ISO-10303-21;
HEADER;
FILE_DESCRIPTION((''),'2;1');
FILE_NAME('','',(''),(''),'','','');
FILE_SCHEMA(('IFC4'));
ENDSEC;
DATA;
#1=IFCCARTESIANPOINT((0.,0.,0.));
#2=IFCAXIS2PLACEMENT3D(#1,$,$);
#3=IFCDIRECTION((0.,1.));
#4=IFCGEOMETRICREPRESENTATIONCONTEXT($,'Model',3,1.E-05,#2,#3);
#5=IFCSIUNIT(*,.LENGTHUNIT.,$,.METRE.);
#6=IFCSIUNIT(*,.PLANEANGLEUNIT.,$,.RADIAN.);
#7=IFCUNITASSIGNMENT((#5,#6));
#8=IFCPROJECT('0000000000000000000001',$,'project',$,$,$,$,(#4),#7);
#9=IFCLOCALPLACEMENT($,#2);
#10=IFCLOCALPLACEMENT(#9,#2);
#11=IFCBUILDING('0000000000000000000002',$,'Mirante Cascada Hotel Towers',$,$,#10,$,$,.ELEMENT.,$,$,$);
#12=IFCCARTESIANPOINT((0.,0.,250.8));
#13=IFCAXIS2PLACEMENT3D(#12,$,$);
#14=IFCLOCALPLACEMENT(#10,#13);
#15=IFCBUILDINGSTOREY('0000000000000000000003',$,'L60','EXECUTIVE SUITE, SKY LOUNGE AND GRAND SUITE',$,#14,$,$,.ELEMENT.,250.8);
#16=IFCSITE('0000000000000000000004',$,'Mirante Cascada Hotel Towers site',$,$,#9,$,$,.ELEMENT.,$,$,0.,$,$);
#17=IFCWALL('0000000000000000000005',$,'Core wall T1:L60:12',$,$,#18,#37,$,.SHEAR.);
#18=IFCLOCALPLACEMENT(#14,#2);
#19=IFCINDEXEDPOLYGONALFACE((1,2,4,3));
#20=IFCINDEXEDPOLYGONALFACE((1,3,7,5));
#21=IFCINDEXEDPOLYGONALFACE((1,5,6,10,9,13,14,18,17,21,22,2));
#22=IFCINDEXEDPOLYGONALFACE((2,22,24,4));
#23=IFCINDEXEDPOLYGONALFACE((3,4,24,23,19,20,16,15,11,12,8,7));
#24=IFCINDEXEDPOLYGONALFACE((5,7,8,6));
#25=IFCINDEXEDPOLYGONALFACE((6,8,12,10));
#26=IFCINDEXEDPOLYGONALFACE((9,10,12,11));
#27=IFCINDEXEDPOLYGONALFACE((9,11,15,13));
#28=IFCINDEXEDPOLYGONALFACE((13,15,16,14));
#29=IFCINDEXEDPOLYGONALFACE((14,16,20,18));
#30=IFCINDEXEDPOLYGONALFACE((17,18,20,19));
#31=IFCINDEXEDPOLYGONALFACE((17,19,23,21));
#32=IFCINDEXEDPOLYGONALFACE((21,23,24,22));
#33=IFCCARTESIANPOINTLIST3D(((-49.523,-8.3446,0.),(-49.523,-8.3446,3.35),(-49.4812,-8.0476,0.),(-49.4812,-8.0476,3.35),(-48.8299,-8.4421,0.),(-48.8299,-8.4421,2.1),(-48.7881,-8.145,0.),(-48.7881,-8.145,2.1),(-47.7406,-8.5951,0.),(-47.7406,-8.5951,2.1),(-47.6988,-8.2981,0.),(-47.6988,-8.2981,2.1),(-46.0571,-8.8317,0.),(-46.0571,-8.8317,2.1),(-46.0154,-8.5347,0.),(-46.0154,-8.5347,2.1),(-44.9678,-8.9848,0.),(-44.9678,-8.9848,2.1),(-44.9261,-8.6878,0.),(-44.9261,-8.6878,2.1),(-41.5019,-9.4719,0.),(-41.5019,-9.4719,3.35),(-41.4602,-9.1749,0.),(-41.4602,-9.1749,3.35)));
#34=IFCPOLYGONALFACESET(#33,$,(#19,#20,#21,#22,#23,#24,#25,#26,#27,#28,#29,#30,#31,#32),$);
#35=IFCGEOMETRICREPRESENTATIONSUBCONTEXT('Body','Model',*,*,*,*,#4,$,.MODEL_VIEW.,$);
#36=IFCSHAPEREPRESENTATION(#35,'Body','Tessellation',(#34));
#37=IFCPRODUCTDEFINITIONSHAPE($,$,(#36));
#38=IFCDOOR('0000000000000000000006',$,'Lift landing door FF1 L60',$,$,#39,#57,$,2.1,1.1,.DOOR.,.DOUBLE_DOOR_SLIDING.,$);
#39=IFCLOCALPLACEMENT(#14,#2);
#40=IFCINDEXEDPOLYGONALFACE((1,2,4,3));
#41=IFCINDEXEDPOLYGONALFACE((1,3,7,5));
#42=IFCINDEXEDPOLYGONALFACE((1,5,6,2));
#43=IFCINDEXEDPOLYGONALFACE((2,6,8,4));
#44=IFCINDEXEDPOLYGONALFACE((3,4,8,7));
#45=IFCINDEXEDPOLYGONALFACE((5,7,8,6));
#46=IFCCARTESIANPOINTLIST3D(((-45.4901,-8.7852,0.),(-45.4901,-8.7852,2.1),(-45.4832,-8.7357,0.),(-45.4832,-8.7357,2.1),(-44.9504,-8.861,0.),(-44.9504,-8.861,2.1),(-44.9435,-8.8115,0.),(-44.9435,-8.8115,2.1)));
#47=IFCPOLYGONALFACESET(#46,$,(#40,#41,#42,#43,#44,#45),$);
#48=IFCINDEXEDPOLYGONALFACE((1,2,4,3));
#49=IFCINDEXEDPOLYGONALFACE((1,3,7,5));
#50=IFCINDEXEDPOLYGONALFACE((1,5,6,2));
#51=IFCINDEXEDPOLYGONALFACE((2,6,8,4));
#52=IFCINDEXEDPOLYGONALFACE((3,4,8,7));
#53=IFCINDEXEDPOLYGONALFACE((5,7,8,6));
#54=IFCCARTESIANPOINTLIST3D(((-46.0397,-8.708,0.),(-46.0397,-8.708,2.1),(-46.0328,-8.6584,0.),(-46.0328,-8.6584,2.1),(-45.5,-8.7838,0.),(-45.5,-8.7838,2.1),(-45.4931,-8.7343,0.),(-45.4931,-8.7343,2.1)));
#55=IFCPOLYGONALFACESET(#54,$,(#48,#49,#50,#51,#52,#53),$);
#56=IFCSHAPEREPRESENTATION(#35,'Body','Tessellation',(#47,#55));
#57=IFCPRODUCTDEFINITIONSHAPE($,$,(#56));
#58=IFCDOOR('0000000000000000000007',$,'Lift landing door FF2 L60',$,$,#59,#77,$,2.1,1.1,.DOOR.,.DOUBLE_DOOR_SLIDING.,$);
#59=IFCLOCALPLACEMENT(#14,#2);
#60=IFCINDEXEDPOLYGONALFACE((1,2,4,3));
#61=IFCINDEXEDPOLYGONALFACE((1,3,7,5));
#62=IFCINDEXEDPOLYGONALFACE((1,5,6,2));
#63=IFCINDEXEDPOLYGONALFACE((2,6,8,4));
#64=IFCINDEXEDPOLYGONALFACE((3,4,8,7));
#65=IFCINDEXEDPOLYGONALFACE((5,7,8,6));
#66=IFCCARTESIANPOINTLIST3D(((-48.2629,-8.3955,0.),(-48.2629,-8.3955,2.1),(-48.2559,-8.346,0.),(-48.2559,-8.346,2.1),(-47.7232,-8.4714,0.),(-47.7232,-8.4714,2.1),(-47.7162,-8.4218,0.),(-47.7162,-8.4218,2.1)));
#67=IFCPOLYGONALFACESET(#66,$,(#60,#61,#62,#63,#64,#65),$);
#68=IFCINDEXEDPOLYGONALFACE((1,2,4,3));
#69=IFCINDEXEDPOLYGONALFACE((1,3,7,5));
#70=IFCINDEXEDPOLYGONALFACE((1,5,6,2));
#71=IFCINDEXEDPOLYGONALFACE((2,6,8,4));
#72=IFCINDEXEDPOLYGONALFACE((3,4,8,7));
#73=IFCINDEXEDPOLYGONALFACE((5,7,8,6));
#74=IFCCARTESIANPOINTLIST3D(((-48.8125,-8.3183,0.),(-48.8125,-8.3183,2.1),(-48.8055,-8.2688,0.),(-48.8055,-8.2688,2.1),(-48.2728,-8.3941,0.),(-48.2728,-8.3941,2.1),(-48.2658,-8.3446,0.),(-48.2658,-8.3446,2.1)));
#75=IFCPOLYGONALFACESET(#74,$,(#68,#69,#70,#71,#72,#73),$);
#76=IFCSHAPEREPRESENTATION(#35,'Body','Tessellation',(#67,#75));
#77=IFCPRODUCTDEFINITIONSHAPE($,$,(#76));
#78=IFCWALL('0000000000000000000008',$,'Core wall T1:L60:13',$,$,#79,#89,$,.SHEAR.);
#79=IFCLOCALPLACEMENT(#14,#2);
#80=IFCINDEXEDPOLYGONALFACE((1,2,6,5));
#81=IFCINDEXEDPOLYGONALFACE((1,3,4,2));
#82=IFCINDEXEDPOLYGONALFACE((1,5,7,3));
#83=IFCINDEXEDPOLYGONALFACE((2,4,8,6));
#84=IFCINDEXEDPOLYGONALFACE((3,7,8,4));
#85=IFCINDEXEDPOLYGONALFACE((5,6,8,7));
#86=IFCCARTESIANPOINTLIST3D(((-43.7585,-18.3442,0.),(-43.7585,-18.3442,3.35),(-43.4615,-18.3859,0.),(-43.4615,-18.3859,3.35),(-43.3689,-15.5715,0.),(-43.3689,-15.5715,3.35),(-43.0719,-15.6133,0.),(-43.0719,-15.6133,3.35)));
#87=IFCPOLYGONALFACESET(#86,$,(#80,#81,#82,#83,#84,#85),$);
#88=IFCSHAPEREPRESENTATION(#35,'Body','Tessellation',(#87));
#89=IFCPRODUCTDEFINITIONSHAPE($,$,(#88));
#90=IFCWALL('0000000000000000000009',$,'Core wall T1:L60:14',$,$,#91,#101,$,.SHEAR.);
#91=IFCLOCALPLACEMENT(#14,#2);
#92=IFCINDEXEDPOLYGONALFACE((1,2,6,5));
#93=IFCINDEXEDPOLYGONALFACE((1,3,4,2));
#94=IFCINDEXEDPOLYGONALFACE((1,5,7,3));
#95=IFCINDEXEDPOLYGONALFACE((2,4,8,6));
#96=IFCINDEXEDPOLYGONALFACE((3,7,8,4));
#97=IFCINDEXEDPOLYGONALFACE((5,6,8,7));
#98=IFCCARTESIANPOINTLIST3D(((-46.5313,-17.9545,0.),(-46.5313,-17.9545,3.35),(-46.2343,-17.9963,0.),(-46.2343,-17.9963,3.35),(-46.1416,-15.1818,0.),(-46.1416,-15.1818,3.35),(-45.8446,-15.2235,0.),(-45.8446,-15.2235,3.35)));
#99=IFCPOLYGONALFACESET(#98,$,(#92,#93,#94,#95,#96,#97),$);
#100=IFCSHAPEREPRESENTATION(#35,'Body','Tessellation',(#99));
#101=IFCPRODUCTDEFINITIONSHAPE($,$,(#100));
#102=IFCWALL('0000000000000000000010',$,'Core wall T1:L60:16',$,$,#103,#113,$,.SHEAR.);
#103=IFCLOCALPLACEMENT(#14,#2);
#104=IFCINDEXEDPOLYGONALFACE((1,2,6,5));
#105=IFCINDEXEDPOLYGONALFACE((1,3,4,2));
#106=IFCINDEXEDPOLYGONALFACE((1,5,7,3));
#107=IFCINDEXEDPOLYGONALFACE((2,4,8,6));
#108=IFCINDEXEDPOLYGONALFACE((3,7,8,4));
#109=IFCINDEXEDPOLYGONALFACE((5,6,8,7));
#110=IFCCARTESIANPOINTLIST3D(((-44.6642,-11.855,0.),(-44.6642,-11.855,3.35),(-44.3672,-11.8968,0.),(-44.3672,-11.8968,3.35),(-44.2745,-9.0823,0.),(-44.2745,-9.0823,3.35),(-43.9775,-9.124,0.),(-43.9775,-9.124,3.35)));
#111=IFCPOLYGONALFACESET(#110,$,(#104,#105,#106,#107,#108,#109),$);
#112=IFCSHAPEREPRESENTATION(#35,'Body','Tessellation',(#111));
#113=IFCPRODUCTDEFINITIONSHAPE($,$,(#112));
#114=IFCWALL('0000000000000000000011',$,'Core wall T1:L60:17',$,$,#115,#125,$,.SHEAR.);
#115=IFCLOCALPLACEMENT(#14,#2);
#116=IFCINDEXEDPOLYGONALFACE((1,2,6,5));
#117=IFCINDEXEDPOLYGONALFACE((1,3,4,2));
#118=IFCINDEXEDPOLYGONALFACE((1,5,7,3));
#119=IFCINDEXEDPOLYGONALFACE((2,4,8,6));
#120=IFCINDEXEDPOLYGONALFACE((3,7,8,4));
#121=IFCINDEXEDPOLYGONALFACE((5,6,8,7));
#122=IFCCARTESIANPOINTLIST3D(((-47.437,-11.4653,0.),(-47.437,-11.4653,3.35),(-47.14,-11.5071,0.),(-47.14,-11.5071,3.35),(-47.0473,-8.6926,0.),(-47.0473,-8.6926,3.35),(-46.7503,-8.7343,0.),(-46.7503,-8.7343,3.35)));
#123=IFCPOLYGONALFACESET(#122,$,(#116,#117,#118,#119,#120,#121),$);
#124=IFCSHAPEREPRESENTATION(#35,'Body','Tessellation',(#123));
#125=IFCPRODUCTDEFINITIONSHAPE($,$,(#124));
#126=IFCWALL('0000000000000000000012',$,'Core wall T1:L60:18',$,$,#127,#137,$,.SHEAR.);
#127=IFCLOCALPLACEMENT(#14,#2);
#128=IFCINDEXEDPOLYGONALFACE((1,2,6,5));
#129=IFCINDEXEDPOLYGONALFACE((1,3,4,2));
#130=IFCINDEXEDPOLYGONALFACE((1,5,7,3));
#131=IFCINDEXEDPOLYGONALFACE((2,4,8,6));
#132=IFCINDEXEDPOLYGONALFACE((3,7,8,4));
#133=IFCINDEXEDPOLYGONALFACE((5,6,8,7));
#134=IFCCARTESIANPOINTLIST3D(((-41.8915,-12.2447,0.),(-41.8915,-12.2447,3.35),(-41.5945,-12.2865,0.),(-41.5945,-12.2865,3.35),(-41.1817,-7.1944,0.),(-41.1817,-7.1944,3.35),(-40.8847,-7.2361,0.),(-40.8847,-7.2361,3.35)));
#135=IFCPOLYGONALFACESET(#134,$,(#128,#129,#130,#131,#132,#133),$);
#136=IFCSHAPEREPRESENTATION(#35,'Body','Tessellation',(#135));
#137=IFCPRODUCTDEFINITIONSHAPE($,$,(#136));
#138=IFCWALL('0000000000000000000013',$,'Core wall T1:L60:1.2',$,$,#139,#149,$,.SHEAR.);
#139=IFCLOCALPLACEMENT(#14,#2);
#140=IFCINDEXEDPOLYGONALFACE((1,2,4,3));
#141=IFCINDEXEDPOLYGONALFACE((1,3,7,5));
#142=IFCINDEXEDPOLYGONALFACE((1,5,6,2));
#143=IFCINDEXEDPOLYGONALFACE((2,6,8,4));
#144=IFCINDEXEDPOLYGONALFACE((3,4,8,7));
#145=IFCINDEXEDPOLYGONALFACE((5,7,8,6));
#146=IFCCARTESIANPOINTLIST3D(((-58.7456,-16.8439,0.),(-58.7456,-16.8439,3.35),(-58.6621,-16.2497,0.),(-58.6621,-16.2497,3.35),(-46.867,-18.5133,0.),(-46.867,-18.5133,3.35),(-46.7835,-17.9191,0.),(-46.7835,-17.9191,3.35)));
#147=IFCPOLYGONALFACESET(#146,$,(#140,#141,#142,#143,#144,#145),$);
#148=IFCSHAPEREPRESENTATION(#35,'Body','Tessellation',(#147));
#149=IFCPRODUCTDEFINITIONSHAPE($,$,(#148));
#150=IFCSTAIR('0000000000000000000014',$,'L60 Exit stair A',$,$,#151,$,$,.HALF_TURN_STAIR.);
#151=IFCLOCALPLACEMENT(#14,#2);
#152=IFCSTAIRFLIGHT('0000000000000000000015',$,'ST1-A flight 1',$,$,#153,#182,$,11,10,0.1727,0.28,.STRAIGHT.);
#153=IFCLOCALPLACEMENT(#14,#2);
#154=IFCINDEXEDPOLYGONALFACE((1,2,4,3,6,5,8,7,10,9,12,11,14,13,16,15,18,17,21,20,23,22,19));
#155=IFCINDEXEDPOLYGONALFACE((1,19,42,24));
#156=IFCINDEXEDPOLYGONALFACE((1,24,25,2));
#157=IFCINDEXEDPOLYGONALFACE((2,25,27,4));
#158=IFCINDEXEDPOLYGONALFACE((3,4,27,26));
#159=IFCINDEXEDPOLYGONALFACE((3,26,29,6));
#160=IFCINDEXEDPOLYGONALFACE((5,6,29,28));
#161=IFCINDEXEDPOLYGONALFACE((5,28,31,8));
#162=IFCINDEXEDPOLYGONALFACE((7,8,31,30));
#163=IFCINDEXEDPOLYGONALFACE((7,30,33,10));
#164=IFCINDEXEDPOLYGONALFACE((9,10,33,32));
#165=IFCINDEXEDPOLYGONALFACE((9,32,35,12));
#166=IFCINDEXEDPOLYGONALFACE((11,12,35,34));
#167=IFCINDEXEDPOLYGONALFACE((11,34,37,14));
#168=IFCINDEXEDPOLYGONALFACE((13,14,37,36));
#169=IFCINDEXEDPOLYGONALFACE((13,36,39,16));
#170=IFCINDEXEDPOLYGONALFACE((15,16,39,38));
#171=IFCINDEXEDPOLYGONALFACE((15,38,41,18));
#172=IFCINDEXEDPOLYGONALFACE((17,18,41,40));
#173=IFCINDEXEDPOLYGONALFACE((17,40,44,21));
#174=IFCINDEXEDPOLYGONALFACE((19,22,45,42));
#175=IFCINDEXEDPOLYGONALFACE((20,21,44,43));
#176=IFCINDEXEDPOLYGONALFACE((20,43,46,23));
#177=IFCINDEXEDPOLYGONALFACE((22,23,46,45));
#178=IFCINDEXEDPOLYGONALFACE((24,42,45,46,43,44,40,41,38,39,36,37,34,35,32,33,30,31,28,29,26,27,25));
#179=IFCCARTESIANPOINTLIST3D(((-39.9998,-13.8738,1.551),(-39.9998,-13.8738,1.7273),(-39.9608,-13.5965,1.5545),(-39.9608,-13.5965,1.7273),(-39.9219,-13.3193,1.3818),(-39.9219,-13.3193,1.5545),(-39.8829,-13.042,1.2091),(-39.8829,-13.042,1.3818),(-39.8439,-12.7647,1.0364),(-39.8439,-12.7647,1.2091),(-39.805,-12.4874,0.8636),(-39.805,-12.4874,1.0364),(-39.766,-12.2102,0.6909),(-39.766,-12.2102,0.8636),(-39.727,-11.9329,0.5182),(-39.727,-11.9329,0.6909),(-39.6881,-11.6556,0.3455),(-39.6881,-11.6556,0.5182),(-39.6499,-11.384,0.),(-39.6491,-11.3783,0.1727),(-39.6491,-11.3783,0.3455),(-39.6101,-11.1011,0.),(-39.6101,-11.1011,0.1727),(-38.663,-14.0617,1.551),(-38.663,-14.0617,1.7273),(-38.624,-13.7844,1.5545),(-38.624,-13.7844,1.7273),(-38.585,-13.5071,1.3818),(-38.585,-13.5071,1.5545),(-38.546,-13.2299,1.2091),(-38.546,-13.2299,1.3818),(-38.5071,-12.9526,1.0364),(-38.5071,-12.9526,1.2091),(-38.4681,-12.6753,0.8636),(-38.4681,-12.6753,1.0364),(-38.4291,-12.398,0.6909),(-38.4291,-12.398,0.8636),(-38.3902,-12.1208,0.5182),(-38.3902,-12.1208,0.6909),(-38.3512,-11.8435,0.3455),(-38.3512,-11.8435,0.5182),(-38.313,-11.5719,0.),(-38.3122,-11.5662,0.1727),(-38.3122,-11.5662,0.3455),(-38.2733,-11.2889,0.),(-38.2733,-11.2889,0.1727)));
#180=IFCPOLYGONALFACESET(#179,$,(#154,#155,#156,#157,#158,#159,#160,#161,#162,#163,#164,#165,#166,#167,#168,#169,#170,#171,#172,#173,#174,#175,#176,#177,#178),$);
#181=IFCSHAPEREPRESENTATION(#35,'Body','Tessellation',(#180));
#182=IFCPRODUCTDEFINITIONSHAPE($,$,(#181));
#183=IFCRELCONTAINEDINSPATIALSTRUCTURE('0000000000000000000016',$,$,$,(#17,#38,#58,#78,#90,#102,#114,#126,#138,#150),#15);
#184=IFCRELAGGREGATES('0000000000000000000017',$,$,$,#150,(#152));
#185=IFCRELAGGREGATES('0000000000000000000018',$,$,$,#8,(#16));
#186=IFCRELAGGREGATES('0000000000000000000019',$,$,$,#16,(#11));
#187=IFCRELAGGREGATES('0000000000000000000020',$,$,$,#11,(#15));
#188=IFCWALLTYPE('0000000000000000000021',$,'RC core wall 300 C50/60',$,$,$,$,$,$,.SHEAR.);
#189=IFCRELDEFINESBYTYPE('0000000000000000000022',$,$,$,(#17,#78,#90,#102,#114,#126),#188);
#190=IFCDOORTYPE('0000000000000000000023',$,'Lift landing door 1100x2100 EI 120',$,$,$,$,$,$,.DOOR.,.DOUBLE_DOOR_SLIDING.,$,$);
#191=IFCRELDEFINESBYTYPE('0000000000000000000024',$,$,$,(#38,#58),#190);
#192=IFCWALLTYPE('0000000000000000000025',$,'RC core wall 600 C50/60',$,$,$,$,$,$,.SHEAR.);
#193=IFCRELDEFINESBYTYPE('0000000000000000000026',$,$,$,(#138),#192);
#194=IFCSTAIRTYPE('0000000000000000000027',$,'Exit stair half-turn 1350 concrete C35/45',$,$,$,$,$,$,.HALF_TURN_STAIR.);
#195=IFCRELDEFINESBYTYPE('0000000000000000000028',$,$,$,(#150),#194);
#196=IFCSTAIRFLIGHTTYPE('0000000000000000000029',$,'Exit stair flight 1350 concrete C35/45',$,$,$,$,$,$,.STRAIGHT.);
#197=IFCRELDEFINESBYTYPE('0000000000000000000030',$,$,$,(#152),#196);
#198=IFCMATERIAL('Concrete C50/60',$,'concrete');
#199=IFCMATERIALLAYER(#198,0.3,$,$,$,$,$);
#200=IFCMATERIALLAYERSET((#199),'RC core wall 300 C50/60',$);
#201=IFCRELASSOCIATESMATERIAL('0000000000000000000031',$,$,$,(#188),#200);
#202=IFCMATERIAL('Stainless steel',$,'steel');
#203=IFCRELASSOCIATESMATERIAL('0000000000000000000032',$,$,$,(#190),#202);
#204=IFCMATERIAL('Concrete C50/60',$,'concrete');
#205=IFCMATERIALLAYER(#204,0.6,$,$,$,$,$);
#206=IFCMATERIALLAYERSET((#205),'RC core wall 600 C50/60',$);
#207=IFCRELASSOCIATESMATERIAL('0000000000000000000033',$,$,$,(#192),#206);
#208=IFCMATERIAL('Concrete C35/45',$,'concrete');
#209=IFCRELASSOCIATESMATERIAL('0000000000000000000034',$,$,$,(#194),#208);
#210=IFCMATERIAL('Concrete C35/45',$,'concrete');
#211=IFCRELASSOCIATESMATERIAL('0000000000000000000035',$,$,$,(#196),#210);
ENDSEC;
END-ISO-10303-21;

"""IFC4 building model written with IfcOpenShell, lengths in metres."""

from ifc_helpers import new_model, si_unit, direction, frame, frame_2d, origin, place, context, subcontext, project, spatial, polyline, rectangle, outline, extrude, material, layer, layer_set, type_object, element, fill, aggregate, save


model = new_model("IFC4")

# Units and contexts
model_context = context("Model", 3, precision=1e-05, world=origin(), true_north=direction((0.0, 1.0)))
body_context = subcontext(model_context, "Body", "Model", "MODEL_VIEW")
ifc_project = project(units=[si_unit("LENGTHUNIT", "METRE"), si_unit("PLANEANGLEUNIT", "RADIAN")], contexts=[model_context])

# Site, building, storey
site_placement = place(None, origin())
site = spatial("IfcSite", under=ifc_project, at=site_placement, Name="Mirante Cascada Hotel Towers site", CompositionType="ELEMENT", RefElevation=0.0)
building_placement = place(site_placement, origin())
building = spatial("IfcBuilding", under=site, at=building_placement, Name="Mirante Cascada Hotel Towers", CompositionType="ELEMENT")
storey_placement = place(building_placement, frame((0.0, 0.0, 250.8)))
storey = spatial("IfcBuildingStorey", under=building, at=storey_placement, Name="L60", Description="EXECUTIVE SUITE, SKY LOUNGE AND GRAND SUITE", CompositionType="ELEMENT", Elevation=250.8)

# Shared definitions
ifc_material_1 = material(Name="Concrete C50/60", Category="concrete")
ifc_layer_1 = layer(ifc_material_1, 0.3)
ifc_layer_set_1 = layer_set([ifc_layer_1], Name="RC core wall 300 C50/60")
wall_type_1 = type_object("IfcWallType", Name="RC core wall 300 C50/60", PredefinedType="SHEAR", material=ifc_layer_set_1)

# Shared definitions
ifc_material_2 = material(Name="Stainless steel", Category="steel")
door_type_1 = type_object("IfcDoorType", Name="Lift landing door 1100x2100 EI 120", OperationType="DOUBLE_DOOR_SLIDING", PredefinedType="DOOR", material=ifc_material_2)

# Wall, openings, doors
wall_1_placement = place(storey_placement, frame((-41.481, -9.3234, 0.0), z_axis=(0.0, 0.0, 1.0), x_axis=(-0.990268, 0.139174, 0.0)))
wall_1 = element("IfcWall", 1, at=wall_1_placement, inside=storey, type_object=wall_type_1, Name="Core wall T1:L60:12", PredefinedType="SHEAR", context=body_context, shape_type="SweptSolid", body=[
    extrude(rectangle(XDim=8.0999, YDim=0.3, at=frame_2d((4.05, 0.0))), origin(), (0.0, 0.0, 1.0), 3.35),
])
opening_1_placement = place(wall_1_placement, frame((3.5, 0.0, 0.0)))
opening_1 = element("IfcOpeningElement", 2, at=opening_1_placement, cuts=wall_1, PredefinedType="OPENING", context=body_context, shape_type="SweptSolid", body=[
    extrude(rectangle(XDim=1.1, YDim=2.1, at=frame_2d((0.55, 1.05))), frame((0.0, 0.15, 0.0), z_axis=(0.0, -1.0, 0.0), x_axis=(1.0, 0.0, 0.0)), (0.0, 0.0, 1.0), 0.3),
])
opening_2_placement = place(wall_1_placement, frame((6.3, 0.0, 0.0)))
opening_2 = element("IfcOpeningElement", 3, at=opening_2_placement, cuts=wall_1, PredefinedType="OPENING", context=body_context, shape_type="SweptSolid", body=[
    extrude(rectangle(XDim=1.1, YDim=2.1, at=frame_2d((0.55, 1.05))), frame((0.0, 0.15, 0.0), z_axis=(0.0, -1.0, 0.0), x_axis=(1.0, 0.0, 0.0)), (0.0, 0.0, 1.0), 0.3),
])
door_1_placement = place(opening_1_placement, origin())
door_1 = element("IfcDoor", 4, at=door_1_placement, inside=storey, type_object=door_type_1, Name="Lift landing door FF1 L60", OperationType="DOUBLE_DOOR_SLIDING", OverallHeight=2.1, OverallWidth=1.1, PredefinedType="DOOR", context=body_context, shape_type="SweptSolid", body=[
    extrude(rectangle(XDim=0.545, YDim=2.1, at=frame_2d((0.2725, 1.05))), frame((0.0, 0.025, 0.0), z_axis=(0.0, -1.0, 0.0), x_axis=(1.0, 0.0, 0.0)), (0.0, 0.0, 1.0), 0.05),
    extrude(rectangle(XDim=0.545, YDim=2.1, at=frame_2d((0.8275, 1.05))), frame((0.0, 0.025, 0.0), z_axis=(0.0, -1.0, 0.0), x_axis=(1.0, 0.0, 0.0)), (0.0, 0.0, 1.0), 0.05),
])
fill(opening_1, door_1)
door_2_placement = place(opening_2_placement, origin())
door_2 = element("IfcDoor", 5, at=door_2_placement, inside=storey, type_object=door_type_1, Name="Lift landing door FF2 L60", OperationType="DOUBLE_DOOR_SLIDING", OverallHeight=2.1, OverallWidth=1.1, PredefinedType="DOOR", context=body_context, shape_type="SweptSolid", body=[
    extrude(rectangle(XDim=0.545, YDim=2.1, at=frame_2d((0.2725, 1.05))), frame((0.0, 0.025, 0.0), z_axis=(0.0, -1.0, 0.0), x_axis=(1.0, 0.0, 0.0)), (0.0, 0.0, 1.0), 0.05),
    extrude(rectangle(XDim=0.545, YDim=2.1, at=frame_2d((0.8275, 1.05))), frame((0.0, 0.025, 0.0), z_axis=(0.0, -1.0, 0.0), x_axis=(1.0, 0.0, 0.0)), (0.0, 0.0, 1.0), 0.05),
])
fill(opening_2, door_2)

# Walls
wall_2_placement = place(storey_placement, frame((-43.61, -18.3651, 0.0), z_axis=(0.0, 0.0, 1.0), x_axis=(0.139146, 0.990272, 0.0)))
element("IfcWall", 6, at=wall_2_placement, inside=storey, type_object=wall_type_1, Name="Core wall T1:L60:13", PredefinedType="SHEAR", context=body_context, shape_type="SweptSolid", body=[
    extrude(rectangle(XDim=2.7999, YDim=0.3, at=frame_2d((1.4, 0.0))), origin(), (0.0, 0.0, 1.0), 3.35),
])
for number, where, z_axis, x_axis, name in (
    (7, (-46.3828, -17.9754, 0.0), (0.0, 0.0, 1.0), (0.139181, 0.990267, 0.0), "Core wall T1:L60:14"),
    (8, (-44.5157, -11.8759, 0.0), (0.0, 0.0, 1.0), (0.139181, 0.990267, 0.0), "Core wall T1:L60:16"),
    (9, (-47.2885, -11.4862, 0.0), (0.0, 0.0, 1.0), (0.139181, 0.990267, 0.0), "Core wall T1:L60:17"),
):
    element("IfcWall", number, at=place(storey_placement, frame(where, z_axis=z_axis, x_axis=x_axis)), inside=storey, type_object=wall_type_1, Name=name, PredefinedType="SHEAR", context=body_context, shape_type="SweptSolid", body=[
        extrude(rectangle(XDim=2.8, YDim=0.3, at=frame_2d((1.4, 0.0))), origin(), (0.0, 0.0, 1.0), 3.35),
    ])
wall_3_placement = place(storey_placement, frame((-41.743, -12.2656, 0.0), z_axis=(0.0, 0.0, 1.0), x_axis=(0.139176, 0.990268, 0.0)))
element("IfcWall", 10, at=wall_3_placement, inside=storey, type_object=wall_type_1, Name="Core wall T1:L60:18", PredefinedType="SHEAR", context=body_context, shape_type="SweptSolid", body=[
    extrude(rectangle(XDim=5.1, YDim=0.3, at=frame_2d((2.55, 0.0))), origin(), (0.0, 0.0, 1.0), 3.35),
])
ifc_material_3 = material(Name="Concrete C50/60", Category="concrete")
ifc_layer_2 = layer(ifc_material_3, 0.6)
ifc_layer_set_2 = layer_set([ifc_layer_2], Name="RC core wall 600 C50/60")
wall_type_2 = type_object("IfcWallType", Name="RC core wall 600 C50/60", PredefinedType="SHEAR", material=ifc_layer_set_2)
wall_4_placement = place(storey_placement, frame((-46.8253, -18.2162, 0.0), z_axis=(0.0, 0.0, 1.0), x_axis=(-0.990268, 0.139171, 0.0)))
element("IfcWall", 11, at=wall_4_placement, inside=storey, type_object=wall_type_2, Name="Core wall T1:L60:1.2", PredefinedType="SHEAR", context=body_context, shape_type="SweptSolid", body=[
    extrude(rectangle(XDim=11.9953, YDim=0.6, at=frame_2d((5.9976, 0.0))), origin(), (0.0, 0.0, 1.0), 3.35),
])

# Stair, stair flight
ifc_material_4 = material(Name="Concrete C35/45", Category="concrete")
stair_type = type_object("IfcStairType", Name="Exit stair half-turn 1350 concrete C35/45", PredefinedType="HALF_TURN_STAIR", material=ifc_material_4)
stair_placement = place(storey_placement, origin())
stair = element("IfcStair", 12, at=stair_placement, inside=storey, type_object=stair_type, Name="L60 Exit stair A", PredefinedType="HALF_TURN_STAIR")
ifc_material_5 = material(Name="Concrete C35/45", Category="concrete")
stair_flight_type = type_object("IfcStairFlightType", Name="Exit stair flight 1350 concrete C35/45", PredefinedType="STRAIGHT", material=ifc_material_5)
stair_flight_1_placement = place(storey_placement, frame((-38.9417, -11.195, 0.0), z_axis=(0.0, 0.0, 1.0), x_axis=(-0.139173, -0.990268, 0.0)))
stair_flight_1 = element("IfcStairFlight", 13, at=stair_flight_1_placement, type_object=stair_flight_type, Name="ST1-A flight 1", NumberOfRisers=11, NumberOfTreads=10, PredefinedType="STRAIGHT", RiserHeight=0.1727, TreadLength=0.28, context=body_context, shape_type="SweptSolid", body=[
    extrude(outline(polyline([(0.0, 0.0), (0.0, 0.1727), (0.28, 0.1727), (0.28, 0.3455), (0.56, 0.3455), (0.56, 0.5182), (0.84, 0.5182), (0.84, 0.6909), (1.12, 0.6909), (1.12, 0.8636), (1.4, 0.8636), (1.4, 1.0364), (1.68, 1.0364), (1.68, 1.2091), (1.96, 1.2091), (1.96, 1.3818), (2.24, 1.3818), (2.24, 1.5545), (2.52, 1.5545), (2.52, 1.7273), (2.8, 1.7273), (2.8, 1.9), (2.8, 1.551), (0.2857, 0.0), (0.0, 0.0)])), frame((0.0, 0.675, 0.0), z_axis=(0.0, -1.0, 0.0), x_axis=(1.0, 0.0, 0.0)), (0.0, 0.0, 1.0), 1.35),
])
aggregate(stair, [stair_flight_1])

save(model, "model.ifc")
